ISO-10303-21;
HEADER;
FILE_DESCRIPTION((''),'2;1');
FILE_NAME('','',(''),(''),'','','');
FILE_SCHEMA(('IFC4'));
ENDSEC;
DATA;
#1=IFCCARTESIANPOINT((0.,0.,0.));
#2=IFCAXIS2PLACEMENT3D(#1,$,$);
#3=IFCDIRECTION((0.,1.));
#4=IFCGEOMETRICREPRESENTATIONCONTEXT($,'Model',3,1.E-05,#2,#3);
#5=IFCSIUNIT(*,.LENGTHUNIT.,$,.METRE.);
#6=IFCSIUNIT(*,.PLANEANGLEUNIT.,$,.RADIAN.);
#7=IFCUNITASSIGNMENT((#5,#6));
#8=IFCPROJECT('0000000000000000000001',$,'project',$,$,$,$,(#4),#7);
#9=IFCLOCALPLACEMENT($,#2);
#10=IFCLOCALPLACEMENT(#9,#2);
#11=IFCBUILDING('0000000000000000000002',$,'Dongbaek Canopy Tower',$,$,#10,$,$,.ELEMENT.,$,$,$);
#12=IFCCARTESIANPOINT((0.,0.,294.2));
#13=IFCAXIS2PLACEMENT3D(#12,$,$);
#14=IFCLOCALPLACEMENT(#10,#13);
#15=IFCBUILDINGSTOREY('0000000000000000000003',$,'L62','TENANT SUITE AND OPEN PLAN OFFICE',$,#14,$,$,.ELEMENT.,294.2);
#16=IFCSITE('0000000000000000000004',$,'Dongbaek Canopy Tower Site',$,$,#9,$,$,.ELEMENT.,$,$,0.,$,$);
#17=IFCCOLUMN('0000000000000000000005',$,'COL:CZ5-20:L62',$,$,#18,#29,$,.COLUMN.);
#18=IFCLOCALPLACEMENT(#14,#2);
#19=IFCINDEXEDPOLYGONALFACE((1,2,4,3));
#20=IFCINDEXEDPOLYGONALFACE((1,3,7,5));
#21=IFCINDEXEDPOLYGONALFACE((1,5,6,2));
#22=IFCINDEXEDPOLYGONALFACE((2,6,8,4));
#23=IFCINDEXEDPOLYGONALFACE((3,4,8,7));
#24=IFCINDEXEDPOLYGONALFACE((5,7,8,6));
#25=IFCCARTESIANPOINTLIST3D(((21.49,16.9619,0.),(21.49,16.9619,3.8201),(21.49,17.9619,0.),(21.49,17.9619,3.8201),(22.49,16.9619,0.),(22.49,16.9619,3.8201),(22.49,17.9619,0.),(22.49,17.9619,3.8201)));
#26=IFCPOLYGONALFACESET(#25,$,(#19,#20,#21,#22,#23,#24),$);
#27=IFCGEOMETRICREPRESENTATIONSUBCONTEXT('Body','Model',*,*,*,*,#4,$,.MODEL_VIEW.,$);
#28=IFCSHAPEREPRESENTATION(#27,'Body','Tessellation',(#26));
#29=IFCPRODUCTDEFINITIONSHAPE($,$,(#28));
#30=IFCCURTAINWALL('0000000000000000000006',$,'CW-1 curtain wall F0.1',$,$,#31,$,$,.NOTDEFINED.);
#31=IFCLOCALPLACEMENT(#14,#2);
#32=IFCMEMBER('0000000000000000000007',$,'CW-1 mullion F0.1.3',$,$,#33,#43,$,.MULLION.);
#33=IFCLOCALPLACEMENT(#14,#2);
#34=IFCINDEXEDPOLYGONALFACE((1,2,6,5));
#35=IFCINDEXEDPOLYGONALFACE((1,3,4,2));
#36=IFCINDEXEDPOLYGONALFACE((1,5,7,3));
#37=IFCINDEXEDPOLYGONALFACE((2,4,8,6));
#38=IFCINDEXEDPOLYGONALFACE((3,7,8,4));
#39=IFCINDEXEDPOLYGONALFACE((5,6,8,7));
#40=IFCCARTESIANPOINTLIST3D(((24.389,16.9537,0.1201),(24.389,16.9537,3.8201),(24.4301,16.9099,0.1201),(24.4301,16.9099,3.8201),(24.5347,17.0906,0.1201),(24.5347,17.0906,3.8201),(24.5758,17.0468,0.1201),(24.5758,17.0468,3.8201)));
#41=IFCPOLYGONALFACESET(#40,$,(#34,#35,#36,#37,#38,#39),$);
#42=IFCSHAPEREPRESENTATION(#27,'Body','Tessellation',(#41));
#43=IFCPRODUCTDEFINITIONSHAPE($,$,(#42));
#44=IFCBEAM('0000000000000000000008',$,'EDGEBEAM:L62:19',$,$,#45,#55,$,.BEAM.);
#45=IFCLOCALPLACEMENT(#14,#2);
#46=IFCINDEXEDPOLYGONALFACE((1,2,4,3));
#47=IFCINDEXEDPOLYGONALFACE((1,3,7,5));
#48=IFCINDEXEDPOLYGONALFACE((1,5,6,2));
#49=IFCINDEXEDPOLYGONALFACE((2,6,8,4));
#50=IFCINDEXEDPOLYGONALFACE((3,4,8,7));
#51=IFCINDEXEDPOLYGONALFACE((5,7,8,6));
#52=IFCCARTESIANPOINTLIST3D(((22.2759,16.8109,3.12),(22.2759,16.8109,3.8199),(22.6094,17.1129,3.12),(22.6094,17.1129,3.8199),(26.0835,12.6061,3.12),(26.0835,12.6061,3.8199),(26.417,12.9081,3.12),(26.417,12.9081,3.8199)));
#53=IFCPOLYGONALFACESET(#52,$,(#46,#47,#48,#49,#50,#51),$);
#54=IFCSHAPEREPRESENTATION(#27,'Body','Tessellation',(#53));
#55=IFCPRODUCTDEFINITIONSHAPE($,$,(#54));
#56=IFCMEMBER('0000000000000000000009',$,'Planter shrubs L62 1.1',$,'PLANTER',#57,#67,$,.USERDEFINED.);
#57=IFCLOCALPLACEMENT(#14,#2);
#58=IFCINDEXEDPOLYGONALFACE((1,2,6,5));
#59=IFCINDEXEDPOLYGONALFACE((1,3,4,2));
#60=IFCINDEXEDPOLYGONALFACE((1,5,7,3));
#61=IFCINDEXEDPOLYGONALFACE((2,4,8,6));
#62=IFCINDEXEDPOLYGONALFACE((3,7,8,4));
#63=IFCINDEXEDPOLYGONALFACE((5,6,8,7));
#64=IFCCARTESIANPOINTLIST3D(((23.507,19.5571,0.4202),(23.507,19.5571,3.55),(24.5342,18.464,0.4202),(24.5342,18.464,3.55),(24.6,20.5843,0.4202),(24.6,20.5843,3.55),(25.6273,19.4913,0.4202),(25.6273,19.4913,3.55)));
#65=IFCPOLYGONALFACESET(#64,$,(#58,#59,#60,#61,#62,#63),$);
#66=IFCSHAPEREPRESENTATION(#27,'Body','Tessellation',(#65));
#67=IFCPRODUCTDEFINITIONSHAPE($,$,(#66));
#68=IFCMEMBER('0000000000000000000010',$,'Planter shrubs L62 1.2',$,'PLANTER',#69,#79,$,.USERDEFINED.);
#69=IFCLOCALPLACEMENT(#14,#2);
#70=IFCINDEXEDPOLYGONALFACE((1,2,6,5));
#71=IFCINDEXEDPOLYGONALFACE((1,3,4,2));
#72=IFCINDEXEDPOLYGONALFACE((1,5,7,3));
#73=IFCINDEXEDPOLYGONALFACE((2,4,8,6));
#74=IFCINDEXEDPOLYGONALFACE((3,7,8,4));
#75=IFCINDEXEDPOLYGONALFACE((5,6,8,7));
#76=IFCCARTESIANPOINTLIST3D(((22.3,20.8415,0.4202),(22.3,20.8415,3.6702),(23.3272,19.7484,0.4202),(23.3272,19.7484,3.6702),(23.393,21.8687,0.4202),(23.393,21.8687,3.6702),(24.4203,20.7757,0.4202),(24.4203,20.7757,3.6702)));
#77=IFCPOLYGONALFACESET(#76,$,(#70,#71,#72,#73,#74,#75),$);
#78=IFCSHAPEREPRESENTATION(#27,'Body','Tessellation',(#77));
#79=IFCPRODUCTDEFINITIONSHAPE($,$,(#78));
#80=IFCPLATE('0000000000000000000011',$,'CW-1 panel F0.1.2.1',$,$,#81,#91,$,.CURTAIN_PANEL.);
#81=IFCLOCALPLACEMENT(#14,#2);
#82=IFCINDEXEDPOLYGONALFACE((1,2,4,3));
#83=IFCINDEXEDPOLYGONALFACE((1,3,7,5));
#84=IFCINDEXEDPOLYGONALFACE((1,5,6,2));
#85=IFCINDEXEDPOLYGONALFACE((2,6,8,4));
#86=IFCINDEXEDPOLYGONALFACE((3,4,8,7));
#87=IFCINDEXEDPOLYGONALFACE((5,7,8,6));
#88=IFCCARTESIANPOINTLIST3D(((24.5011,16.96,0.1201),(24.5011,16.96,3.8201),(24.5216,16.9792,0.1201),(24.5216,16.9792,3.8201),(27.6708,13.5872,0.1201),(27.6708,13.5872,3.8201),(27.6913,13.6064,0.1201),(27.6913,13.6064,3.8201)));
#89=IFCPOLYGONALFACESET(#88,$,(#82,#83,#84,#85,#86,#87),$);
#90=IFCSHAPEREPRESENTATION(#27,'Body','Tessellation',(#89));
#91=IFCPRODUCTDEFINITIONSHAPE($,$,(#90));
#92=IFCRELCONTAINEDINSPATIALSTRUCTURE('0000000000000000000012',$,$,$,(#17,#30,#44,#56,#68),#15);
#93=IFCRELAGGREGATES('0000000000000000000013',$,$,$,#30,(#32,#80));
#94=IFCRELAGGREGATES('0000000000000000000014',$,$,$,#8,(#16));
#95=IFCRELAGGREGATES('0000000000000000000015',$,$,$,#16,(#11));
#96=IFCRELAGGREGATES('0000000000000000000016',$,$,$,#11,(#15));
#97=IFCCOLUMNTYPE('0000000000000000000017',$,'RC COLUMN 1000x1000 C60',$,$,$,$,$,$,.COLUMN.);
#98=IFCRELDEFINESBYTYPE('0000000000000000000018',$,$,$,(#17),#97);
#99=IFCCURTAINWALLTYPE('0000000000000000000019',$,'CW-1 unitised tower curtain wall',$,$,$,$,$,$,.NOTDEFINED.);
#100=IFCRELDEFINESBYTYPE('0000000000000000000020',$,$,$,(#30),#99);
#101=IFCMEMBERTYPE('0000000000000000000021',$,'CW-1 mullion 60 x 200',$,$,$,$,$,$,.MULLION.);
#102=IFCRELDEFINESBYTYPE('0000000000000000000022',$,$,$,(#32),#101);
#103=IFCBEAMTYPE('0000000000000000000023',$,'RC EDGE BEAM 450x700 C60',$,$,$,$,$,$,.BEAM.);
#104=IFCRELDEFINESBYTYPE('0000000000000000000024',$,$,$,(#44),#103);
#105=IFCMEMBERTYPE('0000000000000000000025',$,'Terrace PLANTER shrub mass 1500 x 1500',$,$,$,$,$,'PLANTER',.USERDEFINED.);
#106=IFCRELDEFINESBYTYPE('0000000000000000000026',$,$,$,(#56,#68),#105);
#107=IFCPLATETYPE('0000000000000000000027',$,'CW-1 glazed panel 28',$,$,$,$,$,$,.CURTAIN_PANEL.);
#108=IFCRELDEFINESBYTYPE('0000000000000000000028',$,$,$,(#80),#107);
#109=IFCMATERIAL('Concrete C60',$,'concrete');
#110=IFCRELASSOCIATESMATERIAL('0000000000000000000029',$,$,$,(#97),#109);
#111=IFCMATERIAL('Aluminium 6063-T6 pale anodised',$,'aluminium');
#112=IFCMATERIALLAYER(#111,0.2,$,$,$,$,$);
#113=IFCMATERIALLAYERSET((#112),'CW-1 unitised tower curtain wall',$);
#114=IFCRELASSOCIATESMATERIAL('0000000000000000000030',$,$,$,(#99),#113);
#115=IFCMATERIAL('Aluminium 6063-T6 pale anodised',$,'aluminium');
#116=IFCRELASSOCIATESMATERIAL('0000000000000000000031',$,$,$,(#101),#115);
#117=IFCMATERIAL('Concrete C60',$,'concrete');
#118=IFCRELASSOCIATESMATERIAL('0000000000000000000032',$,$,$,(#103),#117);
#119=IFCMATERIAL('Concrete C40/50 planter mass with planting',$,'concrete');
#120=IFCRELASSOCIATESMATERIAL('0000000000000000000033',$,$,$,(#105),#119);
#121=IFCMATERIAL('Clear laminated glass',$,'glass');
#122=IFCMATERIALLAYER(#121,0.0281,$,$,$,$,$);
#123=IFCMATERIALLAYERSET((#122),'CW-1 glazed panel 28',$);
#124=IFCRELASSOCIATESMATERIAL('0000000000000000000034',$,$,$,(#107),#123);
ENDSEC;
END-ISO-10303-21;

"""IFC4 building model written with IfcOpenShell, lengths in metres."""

from ifc_helpers import new_model, si_unit, direction, frame, origin, origin_2d, place, context, subcontext, project, spatial, rectangle, extrude, material, layer, layer_set, material_profile, profile_set, type_object, element, aggregate, save


model = new_model("IFC4")

# Units and contexts
model_context = context("Model", 3, precision=1e-05, world=origin(), true_north=direction((0.0, 1.0)))
body_context = subcontext(model_context, "Body", "Model", "MODEL_VIEW")
ifc_project = project(units=[si_unit("LENGTHUNIT", "METRE"), si_unit("PLANEANGLEUNIT", "RADIAN")], contexts=[model_context])

# Site, building, storey
site_placement = place(None, origin())
site = spatial("IfcSite", under=ifc_project, at=site_placement, Name="Dongbaek Canopy Tower Site", CompositionType="ELEMENT", RefElevation=0.0)
building_placement = place(site_placement, origin())
building = spatial("IfcBuilding", under=site, at=building_placement, Name="Dongbaek Canopy Tower", CompositionType="ELEMENT")
storey_placement = place(building_placement, frame((0.0, 0.0, 294.2)))
storey = spatial("IfcBuildingStorey", under=building, at=storey_placement, Name="L62", Description="TENANT SUITE AND OPEN PLAN OFFICE", CompositionType="ELEMENT", Elevation=294.2)

# Column
ifc_material_1 = material(Name="Concrete C60", Category="concrete")
ifc_material_profile_1 = material_profile(ifc_material_1, rectangle(XDim=1.0, YDim=1.0, at=origin_2d()), Name="RC COLUMN 1000x1000 C60")
ifc_profile_set_1 = profile_set([ifc_material_profile_1], Name="Concrete C60")
column_type = type_object("IfcColumnType", Name="RC COLUMN 1000x1000 C60", PredefinedType="COLUMN", material=ifc_profile_set_1)
column_placement = place(storey_placement, frame((21.99, 17.4619, 0.0), z_axis=(0.0, 0.0, 1.0), x_axis=(1.0, 0.0, 0.0)))
element("IfcColumn", 1, at=column_placement, inside=storey, type_object=column_type, Name="COL:CZ5-20:L62", PredefinedType="COLUMN", context=body_context, shape_type="SweptSolid", body=[
    extrude(rectangle(XDim=1.0, YDim=1.0, at=origin_2d()), origin(), (0.0, 0.0, 1.0), 3.8201),
])

# Curtain wall, member
ifc_material_2 = material(Name="Aluminium 6063-T6 pale anodised", Category="aluminium")
ifc_layer_1 = layer(ifc_material_2, 0.2)
ifc_layer_set_1 = layer_set([ifc_layer_1], Name="CW-1 unitised tower curtain wall")
curtain_wall_type = type_object("IfcCurtainWallType", Name="CW-1 unitised tower curtain wall", PredefinedType="NOTDEFINED", material=ifc_layer_set_1)
curtain_wall_placement = place(storey_placement, origin())
curtain_wall = element("IfcCurtainWall", 2, at=curtain_wall_placement, inside=storey, type_object=curtain_wall_type, Name="CW-1 curtain wall F0.1", PredefinedType="NOTDEFINED")
ifc_material_3 = material(Name="Aluminium 6063-T6 pale anodised", Category="aluminium")
ifc_material_profile_2 = material_profile(ifc_material_3, rectangle(XDim=0.2, YDim=0.0601, at=origin_2d()), Name="CW-1 mullion 60 x 200")
ifc_profile_set_2 = profile_set([ifc_material_profile_2], Name="Aluminium 6063-T6 pale anodised")
member_type_1 = type_object("IfcMemberType", Name="CW-1 mullion 60 x 200", PredefinedType="MULLION", material=ifc_profile_set_2)
member_1_placement = place(storey_placement, frame((24.4824, 17.0002, 0.1201), z_axis=(0.0, 0.0, 1.0), x_axis=(0.728702, 0.684831, 0.0)))
member_1 = element("IfcMember", 3, at=member_1_placement, type_object=member_type_1, Name="CW-1 mullion F0.1.3", PredefinedType="MULLION", context=body_context, shape_type="SweptSolid", body=[
    extrude(rectangle(XDim=0.2, YDim=0.0601, at=origin_2d()), origin(), (0.0, 0.0, 1.0), 3.7),
])

# Beam
ifc_material_4 = material(Name="Concrete C60", Category="concrete")
ifc_material_profile_3 = material_profile(ifc_material_4, rectangle(XDim=0.45, YDim=0.7, at=origin_2d()), Name="RC EDGE BEAM 450x700 C60")
ifc_profile_set_3 = profile_set([ifc_material_profile_3], Name="Concrete C60")
beam_type = type_object("IfcBeamType", Name="RC EDGE BEAM 450x700 C60", PredefinedType="BEAM", material=ifc_profile_set_3)
beam_placement = place(storey_placement, frame((22.4426, 16.9619, 3.47), z_axis=(0.671228, -0.741251, 0.0), x_axis=(0.741251, 0.671228, 0.0)))
element("IfcBeam", 4, at=beam_placement, inside=storey, type_object=beam_type, Name="EDGEBEAM:L62:19", PredefinedType="BEAM", context=body_context, shape_type="SweptSolid", body=[
    extrude(rectangle(XDim=0.45, YDim=0.7, at=origin_2d()), origin(), (0.0, 0.0, 1.0), 5.6726),
])

# Members
ifc_material_5 = material(Name="Concrete C40/50 planter mass with planting", Category="concrete")
ifc_material_profile_4 = material_profile(ifc_material_5, rectangle(XDim=1.5, YDim=1.5, at=origin_2d()), Name="Terrace PLANTER shrub mass 1500 x 1500")
ifc_profile_set_4 = profile_set([ifc_material_profile_4], Name="Concrete C40/50 planter mass with planting")
member_type_2 = type_object("IfcMemberType", Name="Terrace PLANTER shrub mass 1500 x 1500", ElementType="PLANTER", PredefinedType="USERDEFINED", material=ifc_profile_set_4)
member_2_placement = place(storey_placement, frame((24.5671, 19.5242, 0.4202), z_axis=(0.0, 0.0, 1.0), x_axis=(0.728702, 0.684831, 0.0)))
element("IfcMember", 5, at=member_2_placement, inside=storey, type_object=member_type_2, Name="Planter shrubs L62 1.1", ObjectType="PLANTER", PredefinedType="USERDEFINED", context=body_context, shape_type="SweptSolid", body=[
    extrude(rectangle(XDim=1.5, YDim=1.5, at=origin_2d()), origin(), (0.0, 0.0, 1.0), 3.1299),
])
member_3_placement = place(storey_placement, frame((23.3601, 20.8086, 0.4202), z_axis=(0.0, 0.0, 1.0), x_axis=(0.728702, 0.684831, 0.0)))
element("IfcMember", 6, at=member_3_placement, inside=storey, type_object=member_type_2, Name="Planter shrubs L62 1.2", ObjectType="PLANTER", PredefinedType="USERDEFINED", context=body_context, shape_type="SweptSolid", body=[
    extrude(rectangle(XDim=1.5, YDim=1.5, at=origin_2d()), origin(), (0.0, 0.0, 1.0), 3.25),
])

# Plate
ifc_material_6 = material(Name="Clear laminated glass", Category="glass")
ifc_layer_2 = layer(ifc_material_6, 0.0281)
ifc_layer_set_2 = layer_set([ifc_layer_2], Name="CW-1 glazed panel 28")
plate_type = type_object("IfcPlateType", Name="CW-1 glazed panel 28", PredefinedType="CURTAIN_PANEL", material=ifc_layer_set_2)
plate_placement = place(storey_placement, frame((26.0962, 15.2832, 0.1201), z_axis=(0.0, 0.0, 1.0), x_axis=(-0.684831, 0.728702, 0.0)))
plate = element("IfcPlate", 7, at=plate_placement, type_object=plate_type, Name="CW-1 panel F0.1.2.1", PredefinedType="CURTAIN_PANEL", context=body_context, shape_type="SweptSolid", body=[
    extrude(rectangle(XDim=4.6284, YDim=0.0281, at=origin_2d()), origin(), (0.0, 0.0, 1.0), 3.7),
])
aggregate(curtain_wall, [member_1, plate])

save(model, "model.ifc")
